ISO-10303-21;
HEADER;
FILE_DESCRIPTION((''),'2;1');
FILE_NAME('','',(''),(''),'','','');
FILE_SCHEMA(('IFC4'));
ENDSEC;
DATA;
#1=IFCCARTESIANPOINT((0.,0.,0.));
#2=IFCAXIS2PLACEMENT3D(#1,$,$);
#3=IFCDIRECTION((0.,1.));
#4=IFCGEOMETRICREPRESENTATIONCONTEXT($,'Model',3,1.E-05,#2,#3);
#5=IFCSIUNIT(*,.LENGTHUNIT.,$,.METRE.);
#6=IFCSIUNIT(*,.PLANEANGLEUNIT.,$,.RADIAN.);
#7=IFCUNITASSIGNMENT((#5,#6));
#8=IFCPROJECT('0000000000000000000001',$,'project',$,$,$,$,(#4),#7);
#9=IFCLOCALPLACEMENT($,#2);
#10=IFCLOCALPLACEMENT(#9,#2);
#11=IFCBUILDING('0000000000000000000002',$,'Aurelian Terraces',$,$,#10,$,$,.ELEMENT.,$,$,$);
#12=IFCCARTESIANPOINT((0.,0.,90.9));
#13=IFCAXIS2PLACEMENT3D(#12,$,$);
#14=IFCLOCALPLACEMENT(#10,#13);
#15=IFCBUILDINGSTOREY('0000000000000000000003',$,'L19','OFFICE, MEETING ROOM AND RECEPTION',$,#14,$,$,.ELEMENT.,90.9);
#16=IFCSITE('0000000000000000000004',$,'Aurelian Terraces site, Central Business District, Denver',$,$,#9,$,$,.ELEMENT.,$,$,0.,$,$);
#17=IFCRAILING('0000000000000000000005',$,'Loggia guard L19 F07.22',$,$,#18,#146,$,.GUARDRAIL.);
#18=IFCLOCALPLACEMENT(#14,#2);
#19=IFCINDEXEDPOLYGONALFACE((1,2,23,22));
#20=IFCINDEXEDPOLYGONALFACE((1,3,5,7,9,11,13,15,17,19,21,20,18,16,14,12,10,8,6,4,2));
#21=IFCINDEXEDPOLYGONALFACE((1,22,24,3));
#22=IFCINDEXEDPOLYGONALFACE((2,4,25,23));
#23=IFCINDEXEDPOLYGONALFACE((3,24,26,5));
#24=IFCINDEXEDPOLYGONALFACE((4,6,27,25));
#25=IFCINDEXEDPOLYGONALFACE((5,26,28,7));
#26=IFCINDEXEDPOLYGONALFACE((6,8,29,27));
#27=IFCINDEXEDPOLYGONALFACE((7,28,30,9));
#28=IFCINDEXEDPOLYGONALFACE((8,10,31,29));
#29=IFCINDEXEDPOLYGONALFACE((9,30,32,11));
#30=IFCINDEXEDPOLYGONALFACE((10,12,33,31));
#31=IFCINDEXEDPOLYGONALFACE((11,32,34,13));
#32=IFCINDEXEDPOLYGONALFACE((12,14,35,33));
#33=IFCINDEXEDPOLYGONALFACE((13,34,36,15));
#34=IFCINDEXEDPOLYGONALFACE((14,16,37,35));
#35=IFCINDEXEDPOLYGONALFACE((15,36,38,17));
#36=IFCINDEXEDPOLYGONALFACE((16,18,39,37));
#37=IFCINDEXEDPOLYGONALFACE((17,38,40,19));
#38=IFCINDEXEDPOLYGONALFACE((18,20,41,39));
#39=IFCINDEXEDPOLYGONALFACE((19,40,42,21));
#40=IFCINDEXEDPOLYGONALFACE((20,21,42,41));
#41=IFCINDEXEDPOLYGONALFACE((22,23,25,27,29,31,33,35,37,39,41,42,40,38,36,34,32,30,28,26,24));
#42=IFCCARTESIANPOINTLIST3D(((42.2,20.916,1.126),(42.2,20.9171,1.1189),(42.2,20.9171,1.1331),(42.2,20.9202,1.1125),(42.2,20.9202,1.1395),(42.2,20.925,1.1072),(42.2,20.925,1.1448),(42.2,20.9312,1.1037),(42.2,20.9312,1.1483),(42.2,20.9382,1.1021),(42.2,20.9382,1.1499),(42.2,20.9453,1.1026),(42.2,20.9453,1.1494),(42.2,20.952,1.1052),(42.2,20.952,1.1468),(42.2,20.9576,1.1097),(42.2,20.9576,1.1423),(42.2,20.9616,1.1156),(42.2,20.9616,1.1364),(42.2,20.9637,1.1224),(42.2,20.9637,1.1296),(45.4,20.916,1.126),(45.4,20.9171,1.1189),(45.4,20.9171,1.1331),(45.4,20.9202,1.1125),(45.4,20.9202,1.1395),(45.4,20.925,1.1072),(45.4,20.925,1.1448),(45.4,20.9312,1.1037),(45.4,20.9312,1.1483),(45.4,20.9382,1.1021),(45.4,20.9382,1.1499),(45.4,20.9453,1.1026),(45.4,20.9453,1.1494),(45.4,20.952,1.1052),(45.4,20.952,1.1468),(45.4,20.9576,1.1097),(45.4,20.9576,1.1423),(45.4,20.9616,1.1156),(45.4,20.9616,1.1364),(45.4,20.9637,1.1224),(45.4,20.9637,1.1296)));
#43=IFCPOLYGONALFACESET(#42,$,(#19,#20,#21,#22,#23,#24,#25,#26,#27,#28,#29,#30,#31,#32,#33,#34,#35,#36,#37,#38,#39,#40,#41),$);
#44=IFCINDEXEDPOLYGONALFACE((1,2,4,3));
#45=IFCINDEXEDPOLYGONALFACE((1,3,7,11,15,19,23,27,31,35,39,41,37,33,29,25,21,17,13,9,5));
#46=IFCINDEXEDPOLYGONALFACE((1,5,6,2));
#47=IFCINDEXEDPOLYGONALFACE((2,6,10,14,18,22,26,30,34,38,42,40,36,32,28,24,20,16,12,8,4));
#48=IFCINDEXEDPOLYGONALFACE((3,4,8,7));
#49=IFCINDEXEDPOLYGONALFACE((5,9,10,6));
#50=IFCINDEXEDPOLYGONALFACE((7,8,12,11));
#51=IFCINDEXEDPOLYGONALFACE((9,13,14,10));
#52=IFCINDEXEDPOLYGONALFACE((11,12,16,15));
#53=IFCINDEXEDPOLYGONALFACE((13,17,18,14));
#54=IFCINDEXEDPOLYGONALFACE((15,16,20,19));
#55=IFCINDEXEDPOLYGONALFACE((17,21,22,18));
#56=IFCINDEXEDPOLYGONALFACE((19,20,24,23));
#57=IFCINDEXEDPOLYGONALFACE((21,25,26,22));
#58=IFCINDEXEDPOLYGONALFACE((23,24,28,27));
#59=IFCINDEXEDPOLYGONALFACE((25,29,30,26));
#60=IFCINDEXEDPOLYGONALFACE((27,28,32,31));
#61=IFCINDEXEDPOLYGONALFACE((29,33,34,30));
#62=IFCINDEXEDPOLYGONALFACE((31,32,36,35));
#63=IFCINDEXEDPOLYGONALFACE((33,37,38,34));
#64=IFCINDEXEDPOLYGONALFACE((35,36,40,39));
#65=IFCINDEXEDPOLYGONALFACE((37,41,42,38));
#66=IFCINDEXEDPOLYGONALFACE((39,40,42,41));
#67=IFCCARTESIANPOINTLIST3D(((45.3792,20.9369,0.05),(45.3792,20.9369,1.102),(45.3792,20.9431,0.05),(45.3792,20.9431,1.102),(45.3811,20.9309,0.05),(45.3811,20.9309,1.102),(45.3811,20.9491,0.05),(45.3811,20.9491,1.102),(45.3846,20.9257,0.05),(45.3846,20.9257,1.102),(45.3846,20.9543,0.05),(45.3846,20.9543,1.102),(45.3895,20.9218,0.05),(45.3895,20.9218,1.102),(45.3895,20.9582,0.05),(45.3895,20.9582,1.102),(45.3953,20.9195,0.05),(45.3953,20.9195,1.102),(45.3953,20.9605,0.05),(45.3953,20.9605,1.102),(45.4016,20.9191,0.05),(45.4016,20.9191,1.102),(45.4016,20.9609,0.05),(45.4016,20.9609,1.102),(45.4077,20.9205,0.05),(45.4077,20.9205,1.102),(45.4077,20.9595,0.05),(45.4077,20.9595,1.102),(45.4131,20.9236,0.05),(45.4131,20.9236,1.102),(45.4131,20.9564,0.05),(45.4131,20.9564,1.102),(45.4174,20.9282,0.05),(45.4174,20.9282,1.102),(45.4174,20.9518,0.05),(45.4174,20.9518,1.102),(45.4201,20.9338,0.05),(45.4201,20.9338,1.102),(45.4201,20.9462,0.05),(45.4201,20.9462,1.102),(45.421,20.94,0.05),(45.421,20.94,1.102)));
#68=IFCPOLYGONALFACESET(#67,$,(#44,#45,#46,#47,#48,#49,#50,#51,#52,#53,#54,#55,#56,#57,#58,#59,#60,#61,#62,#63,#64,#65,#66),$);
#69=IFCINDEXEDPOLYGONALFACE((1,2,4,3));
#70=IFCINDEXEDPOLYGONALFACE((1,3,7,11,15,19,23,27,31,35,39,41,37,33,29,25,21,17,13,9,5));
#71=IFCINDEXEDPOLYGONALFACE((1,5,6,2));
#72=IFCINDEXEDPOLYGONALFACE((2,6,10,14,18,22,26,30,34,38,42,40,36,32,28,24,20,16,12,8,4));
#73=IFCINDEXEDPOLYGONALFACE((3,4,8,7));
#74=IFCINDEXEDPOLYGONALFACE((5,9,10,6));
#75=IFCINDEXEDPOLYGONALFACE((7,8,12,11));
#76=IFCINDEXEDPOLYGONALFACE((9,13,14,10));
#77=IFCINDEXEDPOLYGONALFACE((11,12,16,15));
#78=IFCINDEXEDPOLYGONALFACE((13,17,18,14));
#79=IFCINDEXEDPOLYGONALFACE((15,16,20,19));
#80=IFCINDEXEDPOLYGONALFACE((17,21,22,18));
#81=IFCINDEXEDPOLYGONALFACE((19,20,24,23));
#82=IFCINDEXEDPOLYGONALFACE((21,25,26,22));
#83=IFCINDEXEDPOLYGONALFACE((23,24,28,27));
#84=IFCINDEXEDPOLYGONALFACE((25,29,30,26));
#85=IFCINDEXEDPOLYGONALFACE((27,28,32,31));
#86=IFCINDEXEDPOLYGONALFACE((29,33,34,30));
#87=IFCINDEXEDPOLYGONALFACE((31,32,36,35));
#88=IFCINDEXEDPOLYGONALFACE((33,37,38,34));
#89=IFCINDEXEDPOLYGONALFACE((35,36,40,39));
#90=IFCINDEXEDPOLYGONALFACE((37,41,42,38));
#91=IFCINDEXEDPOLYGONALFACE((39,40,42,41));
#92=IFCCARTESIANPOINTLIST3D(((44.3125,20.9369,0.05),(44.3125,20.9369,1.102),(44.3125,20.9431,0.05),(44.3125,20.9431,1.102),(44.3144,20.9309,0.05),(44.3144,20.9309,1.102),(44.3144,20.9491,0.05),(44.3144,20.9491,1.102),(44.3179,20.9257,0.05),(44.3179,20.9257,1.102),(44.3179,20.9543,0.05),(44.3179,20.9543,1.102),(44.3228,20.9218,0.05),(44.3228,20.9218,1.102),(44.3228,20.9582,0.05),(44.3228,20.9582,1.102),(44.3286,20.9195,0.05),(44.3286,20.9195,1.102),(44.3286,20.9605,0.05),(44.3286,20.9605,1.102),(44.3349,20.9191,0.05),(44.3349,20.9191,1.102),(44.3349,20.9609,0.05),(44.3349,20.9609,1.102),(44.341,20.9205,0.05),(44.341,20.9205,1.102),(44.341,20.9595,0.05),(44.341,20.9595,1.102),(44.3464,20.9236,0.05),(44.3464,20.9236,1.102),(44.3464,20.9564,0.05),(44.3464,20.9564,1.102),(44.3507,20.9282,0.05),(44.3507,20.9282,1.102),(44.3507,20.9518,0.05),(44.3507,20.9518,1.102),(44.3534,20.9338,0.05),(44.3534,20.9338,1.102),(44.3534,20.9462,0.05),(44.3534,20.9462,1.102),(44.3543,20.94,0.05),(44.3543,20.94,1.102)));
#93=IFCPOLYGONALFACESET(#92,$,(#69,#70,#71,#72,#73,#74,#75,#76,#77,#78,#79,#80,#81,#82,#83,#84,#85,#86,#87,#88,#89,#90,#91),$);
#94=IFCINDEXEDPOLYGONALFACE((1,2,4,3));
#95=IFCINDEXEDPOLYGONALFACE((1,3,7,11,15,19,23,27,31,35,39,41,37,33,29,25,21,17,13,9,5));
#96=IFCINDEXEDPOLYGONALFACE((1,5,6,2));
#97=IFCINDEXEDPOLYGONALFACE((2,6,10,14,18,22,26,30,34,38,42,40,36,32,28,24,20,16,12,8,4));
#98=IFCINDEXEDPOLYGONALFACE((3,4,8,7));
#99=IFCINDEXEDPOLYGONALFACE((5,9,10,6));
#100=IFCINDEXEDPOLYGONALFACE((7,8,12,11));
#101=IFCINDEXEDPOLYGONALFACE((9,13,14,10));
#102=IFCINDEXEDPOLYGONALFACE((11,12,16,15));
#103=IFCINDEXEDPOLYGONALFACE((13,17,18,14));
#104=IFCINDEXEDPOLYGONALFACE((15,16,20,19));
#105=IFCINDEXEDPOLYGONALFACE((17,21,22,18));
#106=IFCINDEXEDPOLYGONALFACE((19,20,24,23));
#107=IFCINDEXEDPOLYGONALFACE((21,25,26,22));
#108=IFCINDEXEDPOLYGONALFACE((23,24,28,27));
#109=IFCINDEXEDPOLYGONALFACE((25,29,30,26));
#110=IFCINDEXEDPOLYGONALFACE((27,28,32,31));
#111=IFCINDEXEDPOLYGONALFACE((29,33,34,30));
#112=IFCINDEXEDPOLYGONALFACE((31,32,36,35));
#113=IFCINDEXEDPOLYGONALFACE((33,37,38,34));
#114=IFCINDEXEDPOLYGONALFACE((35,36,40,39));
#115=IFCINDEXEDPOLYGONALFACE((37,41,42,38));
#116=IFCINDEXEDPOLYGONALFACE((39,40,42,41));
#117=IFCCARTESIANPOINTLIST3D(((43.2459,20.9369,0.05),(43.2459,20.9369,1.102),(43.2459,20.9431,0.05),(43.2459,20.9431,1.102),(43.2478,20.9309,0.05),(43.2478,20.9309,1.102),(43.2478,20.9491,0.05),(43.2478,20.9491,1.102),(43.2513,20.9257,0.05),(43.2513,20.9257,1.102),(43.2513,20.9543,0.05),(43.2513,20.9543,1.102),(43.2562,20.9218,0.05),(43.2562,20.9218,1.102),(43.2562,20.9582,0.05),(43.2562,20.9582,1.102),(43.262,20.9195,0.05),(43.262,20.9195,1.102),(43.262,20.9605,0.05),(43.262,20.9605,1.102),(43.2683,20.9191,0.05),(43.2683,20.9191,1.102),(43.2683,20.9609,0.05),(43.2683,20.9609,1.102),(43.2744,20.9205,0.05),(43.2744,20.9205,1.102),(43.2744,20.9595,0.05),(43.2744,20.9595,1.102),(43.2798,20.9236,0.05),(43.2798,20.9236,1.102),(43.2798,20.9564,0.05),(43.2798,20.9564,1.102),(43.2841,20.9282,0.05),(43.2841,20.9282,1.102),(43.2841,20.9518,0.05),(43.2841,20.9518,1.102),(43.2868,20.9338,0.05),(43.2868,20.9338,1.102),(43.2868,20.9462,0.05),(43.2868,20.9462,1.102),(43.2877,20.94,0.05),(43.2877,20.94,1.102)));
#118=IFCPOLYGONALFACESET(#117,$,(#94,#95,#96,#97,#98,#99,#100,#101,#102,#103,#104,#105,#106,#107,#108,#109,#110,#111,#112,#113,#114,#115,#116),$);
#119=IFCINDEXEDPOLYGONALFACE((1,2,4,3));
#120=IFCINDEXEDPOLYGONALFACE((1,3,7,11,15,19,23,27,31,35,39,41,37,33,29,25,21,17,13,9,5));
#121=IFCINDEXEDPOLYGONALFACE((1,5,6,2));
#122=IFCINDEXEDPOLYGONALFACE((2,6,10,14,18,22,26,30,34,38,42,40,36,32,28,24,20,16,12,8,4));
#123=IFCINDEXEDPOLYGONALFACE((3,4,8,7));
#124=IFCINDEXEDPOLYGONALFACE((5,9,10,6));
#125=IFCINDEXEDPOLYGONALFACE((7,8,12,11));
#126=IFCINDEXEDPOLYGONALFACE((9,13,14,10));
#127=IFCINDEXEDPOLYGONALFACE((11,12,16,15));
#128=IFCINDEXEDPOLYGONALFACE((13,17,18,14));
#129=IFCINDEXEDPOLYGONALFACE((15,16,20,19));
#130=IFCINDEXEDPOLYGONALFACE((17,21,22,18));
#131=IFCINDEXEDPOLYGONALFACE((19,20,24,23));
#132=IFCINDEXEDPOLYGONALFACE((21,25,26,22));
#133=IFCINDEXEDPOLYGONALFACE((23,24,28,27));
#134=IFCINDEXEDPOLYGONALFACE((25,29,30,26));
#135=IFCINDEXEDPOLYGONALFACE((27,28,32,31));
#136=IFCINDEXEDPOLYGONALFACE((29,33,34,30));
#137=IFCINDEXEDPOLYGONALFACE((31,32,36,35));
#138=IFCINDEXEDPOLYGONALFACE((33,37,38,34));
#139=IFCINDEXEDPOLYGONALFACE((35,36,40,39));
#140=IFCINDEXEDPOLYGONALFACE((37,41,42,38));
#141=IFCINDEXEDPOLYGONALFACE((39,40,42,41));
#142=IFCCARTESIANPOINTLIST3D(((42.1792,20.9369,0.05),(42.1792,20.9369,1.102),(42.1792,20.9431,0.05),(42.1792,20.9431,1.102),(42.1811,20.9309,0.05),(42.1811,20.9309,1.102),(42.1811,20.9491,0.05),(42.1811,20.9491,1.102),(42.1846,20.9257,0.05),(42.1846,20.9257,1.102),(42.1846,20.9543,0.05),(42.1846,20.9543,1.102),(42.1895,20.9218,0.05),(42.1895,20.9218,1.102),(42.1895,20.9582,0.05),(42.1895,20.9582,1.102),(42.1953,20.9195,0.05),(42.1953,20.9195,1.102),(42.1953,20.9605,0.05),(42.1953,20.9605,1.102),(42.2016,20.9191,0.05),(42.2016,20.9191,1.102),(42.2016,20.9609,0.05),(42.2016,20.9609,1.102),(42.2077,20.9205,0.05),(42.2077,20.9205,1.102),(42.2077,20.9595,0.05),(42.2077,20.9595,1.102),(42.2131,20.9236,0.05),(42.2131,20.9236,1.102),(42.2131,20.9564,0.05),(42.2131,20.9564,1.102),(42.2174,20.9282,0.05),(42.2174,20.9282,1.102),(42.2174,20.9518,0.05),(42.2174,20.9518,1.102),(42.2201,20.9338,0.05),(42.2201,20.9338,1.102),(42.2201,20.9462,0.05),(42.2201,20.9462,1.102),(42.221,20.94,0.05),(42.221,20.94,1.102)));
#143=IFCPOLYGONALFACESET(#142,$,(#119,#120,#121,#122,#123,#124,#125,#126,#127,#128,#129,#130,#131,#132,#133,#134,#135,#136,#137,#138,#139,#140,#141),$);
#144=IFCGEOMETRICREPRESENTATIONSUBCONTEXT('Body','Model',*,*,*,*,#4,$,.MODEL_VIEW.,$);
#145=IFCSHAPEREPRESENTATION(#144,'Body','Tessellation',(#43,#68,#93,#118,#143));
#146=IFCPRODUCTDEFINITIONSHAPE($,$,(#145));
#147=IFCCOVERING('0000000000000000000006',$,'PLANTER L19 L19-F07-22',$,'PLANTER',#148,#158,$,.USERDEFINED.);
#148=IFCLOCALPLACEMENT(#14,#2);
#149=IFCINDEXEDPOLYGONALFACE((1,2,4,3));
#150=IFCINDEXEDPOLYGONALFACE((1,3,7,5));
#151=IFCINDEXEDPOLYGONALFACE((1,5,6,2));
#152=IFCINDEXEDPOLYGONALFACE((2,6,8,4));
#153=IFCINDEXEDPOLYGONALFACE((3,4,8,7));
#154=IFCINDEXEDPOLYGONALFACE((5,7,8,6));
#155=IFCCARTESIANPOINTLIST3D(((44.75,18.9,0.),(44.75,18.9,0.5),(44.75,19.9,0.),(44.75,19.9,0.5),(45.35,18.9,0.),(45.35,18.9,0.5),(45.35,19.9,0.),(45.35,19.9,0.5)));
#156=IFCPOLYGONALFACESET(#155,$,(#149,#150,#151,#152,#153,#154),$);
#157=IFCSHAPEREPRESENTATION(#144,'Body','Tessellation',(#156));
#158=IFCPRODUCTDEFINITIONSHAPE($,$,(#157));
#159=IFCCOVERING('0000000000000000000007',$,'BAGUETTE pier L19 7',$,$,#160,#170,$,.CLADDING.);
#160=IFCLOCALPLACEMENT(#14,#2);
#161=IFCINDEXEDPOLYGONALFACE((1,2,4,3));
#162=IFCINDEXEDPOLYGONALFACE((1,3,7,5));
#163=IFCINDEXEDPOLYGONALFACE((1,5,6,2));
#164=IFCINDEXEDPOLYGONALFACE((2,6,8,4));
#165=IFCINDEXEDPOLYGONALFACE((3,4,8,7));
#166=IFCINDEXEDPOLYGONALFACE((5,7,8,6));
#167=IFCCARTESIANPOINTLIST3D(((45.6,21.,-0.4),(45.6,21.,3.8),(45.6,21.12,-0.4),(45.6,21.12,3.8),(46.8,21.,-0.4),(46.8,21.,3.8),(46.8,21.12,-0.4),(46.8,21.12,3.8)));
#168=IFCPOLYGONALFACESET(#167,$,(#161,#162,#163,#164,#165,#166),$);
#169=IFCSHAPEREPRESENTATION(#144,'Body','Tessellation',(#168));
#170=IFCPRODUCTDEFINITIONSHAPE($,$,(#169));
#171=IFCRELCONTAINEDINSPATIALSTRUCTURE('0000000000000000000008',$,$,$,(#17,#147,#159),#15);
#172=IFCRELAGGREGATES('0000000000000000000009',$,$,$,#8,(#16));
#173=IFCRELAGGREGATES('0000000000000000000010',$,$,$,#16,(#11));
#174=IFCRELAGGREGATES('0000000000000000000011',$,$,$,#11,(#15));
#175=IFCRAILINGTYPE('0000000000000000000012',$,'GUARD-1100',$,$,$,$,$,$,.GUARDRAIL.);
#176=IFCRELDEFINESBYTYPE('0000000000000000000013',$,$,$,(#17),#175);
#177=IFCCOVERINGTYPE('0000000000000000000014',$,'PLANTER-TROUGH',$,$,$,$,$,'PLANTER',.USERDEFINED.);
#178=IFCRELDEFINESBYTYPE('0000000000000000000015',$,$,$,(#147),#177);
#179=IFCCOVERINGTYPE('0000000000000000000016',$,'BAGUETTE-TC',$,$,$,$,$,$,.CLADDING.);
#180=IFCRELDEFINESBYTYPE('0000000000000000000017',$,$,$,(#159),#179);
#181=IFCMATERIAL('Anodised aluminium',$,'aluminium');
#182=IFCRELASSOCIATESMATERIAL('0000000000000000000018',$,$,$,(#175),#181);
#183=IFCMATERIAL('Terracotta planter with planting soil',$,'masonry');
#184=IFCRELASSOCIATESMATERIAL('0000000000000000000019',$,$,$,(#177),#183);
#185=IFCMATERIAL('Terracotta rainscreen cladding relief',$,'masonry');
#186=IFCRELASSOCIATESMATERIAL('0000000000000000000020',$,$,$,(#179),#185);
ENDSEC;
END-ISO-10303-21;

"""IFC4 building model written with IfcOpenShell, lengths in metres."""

from ifc_helpers import new_model, si_unit, direction, frame, origin, origin_2d, place, context, subcontext, project, spatial, rectangle, circle, extrude, source, transform, mapped, material, type_object, element, save


model = new_model("IFC4")

# Units and contexts
model_context = context("Model", 3, precision=1e-05, world=origin(), true_north=direction((0.0, 1.0)))
body_context = subcontext(model_context, "Body", "Model", "MODEL_VIEW")
ifc_project = project(units=[si_unit("LENGTHUNIT", "METRE"), si_unit("PLANEANGLEUNIT", "RADIAN")], contexts=[model_context])

# Site, building, storey
site_placement = place(None, origin())
site = spatial("IfcSite", under=ifc_project, at=site_placement, Name="Aurelian Terraces site, Central Business District, Denver", CompositionType="ELEMENT", RefElevation=0.0)
building_placement = place(site_placement, origin())
building = spatial("IfcBuilding", under=site, at=building_placement, Name="Aurelian Terraces", CompositionType="ELEMENT")
storey_placement = place(building_placement, frame((0.0, 0.0, 90.9)))
storey = spatial("IfcBuildingStorey", under=building, at=storey_placement, Name="L19", Description="OFFICE, MEETING ROOM AND RECEPTION", CompositionType="ELEMENT", Elevation=90.9)

# Railing
ifc_material_1 = material(Name="Anodised aluminium", Category="aluminium")
railing_type = type_object("IfcRailingType", Name="GUARD-1100", PredefinedType="GUARDRAIL", material=ifc_material_1)
railing_placement = place(storey_placement, frame((45.4, 20.94, 0.05)))
element("IfcRailing", 1, at=railing_placement, inside=storey, type_object=railing_type, Name="Loggia guard L19 F07.22", PredefinedType="GUARDRAIL", context=body_context, shape_type="SweptSolid", body=[
    extrude(circle(Radius=0.024, at=origin_2d()), frame((0.0, 0.0, 1.076), z_axis=(-1.0, 0.0, 0.0), x_axis=(0.0, -1.0, 0.0)), (0.0, 0.0, 1.0), 3.2),
    extrude(circle(Radius=0.021, at=origin_2d()), origin(), (0.0, 0.0, 1.0), 1.052),
    extrude(circle(Radius=0.021, at=origin_2d()), frame((-1.0667, 0.0, 0.0)), (0.0, 0.0, 1.0), 1.052),
    extrude(circle(Radius=0.021, at=origin_2d()), frame((-2.1333, 0.0, 0.0)), (0.0, 0.0, 1.0), 1.052),
    extrude(circle(Radius=0.021, at=origin_2d()), frame((-3.2, 0.0, 0.0)), (0.0, 0.0, 1.0), 1.052),
])

# Coverings
ifc_material_2 = material(Name="Terracotta planter with planting soil", Category="masonry")
covering_type_1 = type_object("IfcCoveringType", Name="PLANTER-TROUGH", ElementType="PLANTER", PredefinedType="USERDEFINED", material=ifc_material_2)
covering_1_placement = place(storey_placement, frame((45.05, 19.4, 0.0), z_axis=(0.0, 0.0, 1.0), x_axis=(1.0, 0.0, 0.0)))
element("IfcCovering", 2, at=covering_1_placement, inside=storey, type_object=covering_type_1, Name="PLANTER L19 L19-F07-22", ObjectType="PLANTER", PredefinedType="USERDEFINED", context=body_context, shape_type="SweptSolid", body=[
    extrude(rectangle(XDim=0.6, YDim=1.0, at=origin_2d()), origin(), (0.0, 0.0, 1.0), 0.5),
])
ifc_material_3 = material(Name="Terracotta rainscreen cladding relief", Category="masonry")
covering_type_2 = type_object("IfcCoveringType", Name="BAGUETTE-TC", PredefinedType="CLADDING", material=ifc_material_3)
shared_shape_1 = source(origin(), body_context, "Body", "SweptSolid", [
    extrude(rectangle(XDim=1.2, YDim=0.12, at=origin_2d()), origin(), (0.0, 0.0, 1.0), 4.2),
])
covering_2_placement = place(storey_placement, frame((46.2, 21.06, -0.4), z_axis=(0.0, 0.0, 1.0), x_axis=(1.0, 0.0, 0.0)))
element("IfcCovering", 3, at=covering_2_placement, inside=storey, type_object=covering_type_2, Name="BAGUETTE pier L19 7", PredefinedType="CLADDING", context=body_context, shape_type="MappedRepresentation", body=[
    mapped(shared_shape_1, transform((0.0, 0.0, 0.0), scale=1.0)),
])

save(model, "model.ifc")
